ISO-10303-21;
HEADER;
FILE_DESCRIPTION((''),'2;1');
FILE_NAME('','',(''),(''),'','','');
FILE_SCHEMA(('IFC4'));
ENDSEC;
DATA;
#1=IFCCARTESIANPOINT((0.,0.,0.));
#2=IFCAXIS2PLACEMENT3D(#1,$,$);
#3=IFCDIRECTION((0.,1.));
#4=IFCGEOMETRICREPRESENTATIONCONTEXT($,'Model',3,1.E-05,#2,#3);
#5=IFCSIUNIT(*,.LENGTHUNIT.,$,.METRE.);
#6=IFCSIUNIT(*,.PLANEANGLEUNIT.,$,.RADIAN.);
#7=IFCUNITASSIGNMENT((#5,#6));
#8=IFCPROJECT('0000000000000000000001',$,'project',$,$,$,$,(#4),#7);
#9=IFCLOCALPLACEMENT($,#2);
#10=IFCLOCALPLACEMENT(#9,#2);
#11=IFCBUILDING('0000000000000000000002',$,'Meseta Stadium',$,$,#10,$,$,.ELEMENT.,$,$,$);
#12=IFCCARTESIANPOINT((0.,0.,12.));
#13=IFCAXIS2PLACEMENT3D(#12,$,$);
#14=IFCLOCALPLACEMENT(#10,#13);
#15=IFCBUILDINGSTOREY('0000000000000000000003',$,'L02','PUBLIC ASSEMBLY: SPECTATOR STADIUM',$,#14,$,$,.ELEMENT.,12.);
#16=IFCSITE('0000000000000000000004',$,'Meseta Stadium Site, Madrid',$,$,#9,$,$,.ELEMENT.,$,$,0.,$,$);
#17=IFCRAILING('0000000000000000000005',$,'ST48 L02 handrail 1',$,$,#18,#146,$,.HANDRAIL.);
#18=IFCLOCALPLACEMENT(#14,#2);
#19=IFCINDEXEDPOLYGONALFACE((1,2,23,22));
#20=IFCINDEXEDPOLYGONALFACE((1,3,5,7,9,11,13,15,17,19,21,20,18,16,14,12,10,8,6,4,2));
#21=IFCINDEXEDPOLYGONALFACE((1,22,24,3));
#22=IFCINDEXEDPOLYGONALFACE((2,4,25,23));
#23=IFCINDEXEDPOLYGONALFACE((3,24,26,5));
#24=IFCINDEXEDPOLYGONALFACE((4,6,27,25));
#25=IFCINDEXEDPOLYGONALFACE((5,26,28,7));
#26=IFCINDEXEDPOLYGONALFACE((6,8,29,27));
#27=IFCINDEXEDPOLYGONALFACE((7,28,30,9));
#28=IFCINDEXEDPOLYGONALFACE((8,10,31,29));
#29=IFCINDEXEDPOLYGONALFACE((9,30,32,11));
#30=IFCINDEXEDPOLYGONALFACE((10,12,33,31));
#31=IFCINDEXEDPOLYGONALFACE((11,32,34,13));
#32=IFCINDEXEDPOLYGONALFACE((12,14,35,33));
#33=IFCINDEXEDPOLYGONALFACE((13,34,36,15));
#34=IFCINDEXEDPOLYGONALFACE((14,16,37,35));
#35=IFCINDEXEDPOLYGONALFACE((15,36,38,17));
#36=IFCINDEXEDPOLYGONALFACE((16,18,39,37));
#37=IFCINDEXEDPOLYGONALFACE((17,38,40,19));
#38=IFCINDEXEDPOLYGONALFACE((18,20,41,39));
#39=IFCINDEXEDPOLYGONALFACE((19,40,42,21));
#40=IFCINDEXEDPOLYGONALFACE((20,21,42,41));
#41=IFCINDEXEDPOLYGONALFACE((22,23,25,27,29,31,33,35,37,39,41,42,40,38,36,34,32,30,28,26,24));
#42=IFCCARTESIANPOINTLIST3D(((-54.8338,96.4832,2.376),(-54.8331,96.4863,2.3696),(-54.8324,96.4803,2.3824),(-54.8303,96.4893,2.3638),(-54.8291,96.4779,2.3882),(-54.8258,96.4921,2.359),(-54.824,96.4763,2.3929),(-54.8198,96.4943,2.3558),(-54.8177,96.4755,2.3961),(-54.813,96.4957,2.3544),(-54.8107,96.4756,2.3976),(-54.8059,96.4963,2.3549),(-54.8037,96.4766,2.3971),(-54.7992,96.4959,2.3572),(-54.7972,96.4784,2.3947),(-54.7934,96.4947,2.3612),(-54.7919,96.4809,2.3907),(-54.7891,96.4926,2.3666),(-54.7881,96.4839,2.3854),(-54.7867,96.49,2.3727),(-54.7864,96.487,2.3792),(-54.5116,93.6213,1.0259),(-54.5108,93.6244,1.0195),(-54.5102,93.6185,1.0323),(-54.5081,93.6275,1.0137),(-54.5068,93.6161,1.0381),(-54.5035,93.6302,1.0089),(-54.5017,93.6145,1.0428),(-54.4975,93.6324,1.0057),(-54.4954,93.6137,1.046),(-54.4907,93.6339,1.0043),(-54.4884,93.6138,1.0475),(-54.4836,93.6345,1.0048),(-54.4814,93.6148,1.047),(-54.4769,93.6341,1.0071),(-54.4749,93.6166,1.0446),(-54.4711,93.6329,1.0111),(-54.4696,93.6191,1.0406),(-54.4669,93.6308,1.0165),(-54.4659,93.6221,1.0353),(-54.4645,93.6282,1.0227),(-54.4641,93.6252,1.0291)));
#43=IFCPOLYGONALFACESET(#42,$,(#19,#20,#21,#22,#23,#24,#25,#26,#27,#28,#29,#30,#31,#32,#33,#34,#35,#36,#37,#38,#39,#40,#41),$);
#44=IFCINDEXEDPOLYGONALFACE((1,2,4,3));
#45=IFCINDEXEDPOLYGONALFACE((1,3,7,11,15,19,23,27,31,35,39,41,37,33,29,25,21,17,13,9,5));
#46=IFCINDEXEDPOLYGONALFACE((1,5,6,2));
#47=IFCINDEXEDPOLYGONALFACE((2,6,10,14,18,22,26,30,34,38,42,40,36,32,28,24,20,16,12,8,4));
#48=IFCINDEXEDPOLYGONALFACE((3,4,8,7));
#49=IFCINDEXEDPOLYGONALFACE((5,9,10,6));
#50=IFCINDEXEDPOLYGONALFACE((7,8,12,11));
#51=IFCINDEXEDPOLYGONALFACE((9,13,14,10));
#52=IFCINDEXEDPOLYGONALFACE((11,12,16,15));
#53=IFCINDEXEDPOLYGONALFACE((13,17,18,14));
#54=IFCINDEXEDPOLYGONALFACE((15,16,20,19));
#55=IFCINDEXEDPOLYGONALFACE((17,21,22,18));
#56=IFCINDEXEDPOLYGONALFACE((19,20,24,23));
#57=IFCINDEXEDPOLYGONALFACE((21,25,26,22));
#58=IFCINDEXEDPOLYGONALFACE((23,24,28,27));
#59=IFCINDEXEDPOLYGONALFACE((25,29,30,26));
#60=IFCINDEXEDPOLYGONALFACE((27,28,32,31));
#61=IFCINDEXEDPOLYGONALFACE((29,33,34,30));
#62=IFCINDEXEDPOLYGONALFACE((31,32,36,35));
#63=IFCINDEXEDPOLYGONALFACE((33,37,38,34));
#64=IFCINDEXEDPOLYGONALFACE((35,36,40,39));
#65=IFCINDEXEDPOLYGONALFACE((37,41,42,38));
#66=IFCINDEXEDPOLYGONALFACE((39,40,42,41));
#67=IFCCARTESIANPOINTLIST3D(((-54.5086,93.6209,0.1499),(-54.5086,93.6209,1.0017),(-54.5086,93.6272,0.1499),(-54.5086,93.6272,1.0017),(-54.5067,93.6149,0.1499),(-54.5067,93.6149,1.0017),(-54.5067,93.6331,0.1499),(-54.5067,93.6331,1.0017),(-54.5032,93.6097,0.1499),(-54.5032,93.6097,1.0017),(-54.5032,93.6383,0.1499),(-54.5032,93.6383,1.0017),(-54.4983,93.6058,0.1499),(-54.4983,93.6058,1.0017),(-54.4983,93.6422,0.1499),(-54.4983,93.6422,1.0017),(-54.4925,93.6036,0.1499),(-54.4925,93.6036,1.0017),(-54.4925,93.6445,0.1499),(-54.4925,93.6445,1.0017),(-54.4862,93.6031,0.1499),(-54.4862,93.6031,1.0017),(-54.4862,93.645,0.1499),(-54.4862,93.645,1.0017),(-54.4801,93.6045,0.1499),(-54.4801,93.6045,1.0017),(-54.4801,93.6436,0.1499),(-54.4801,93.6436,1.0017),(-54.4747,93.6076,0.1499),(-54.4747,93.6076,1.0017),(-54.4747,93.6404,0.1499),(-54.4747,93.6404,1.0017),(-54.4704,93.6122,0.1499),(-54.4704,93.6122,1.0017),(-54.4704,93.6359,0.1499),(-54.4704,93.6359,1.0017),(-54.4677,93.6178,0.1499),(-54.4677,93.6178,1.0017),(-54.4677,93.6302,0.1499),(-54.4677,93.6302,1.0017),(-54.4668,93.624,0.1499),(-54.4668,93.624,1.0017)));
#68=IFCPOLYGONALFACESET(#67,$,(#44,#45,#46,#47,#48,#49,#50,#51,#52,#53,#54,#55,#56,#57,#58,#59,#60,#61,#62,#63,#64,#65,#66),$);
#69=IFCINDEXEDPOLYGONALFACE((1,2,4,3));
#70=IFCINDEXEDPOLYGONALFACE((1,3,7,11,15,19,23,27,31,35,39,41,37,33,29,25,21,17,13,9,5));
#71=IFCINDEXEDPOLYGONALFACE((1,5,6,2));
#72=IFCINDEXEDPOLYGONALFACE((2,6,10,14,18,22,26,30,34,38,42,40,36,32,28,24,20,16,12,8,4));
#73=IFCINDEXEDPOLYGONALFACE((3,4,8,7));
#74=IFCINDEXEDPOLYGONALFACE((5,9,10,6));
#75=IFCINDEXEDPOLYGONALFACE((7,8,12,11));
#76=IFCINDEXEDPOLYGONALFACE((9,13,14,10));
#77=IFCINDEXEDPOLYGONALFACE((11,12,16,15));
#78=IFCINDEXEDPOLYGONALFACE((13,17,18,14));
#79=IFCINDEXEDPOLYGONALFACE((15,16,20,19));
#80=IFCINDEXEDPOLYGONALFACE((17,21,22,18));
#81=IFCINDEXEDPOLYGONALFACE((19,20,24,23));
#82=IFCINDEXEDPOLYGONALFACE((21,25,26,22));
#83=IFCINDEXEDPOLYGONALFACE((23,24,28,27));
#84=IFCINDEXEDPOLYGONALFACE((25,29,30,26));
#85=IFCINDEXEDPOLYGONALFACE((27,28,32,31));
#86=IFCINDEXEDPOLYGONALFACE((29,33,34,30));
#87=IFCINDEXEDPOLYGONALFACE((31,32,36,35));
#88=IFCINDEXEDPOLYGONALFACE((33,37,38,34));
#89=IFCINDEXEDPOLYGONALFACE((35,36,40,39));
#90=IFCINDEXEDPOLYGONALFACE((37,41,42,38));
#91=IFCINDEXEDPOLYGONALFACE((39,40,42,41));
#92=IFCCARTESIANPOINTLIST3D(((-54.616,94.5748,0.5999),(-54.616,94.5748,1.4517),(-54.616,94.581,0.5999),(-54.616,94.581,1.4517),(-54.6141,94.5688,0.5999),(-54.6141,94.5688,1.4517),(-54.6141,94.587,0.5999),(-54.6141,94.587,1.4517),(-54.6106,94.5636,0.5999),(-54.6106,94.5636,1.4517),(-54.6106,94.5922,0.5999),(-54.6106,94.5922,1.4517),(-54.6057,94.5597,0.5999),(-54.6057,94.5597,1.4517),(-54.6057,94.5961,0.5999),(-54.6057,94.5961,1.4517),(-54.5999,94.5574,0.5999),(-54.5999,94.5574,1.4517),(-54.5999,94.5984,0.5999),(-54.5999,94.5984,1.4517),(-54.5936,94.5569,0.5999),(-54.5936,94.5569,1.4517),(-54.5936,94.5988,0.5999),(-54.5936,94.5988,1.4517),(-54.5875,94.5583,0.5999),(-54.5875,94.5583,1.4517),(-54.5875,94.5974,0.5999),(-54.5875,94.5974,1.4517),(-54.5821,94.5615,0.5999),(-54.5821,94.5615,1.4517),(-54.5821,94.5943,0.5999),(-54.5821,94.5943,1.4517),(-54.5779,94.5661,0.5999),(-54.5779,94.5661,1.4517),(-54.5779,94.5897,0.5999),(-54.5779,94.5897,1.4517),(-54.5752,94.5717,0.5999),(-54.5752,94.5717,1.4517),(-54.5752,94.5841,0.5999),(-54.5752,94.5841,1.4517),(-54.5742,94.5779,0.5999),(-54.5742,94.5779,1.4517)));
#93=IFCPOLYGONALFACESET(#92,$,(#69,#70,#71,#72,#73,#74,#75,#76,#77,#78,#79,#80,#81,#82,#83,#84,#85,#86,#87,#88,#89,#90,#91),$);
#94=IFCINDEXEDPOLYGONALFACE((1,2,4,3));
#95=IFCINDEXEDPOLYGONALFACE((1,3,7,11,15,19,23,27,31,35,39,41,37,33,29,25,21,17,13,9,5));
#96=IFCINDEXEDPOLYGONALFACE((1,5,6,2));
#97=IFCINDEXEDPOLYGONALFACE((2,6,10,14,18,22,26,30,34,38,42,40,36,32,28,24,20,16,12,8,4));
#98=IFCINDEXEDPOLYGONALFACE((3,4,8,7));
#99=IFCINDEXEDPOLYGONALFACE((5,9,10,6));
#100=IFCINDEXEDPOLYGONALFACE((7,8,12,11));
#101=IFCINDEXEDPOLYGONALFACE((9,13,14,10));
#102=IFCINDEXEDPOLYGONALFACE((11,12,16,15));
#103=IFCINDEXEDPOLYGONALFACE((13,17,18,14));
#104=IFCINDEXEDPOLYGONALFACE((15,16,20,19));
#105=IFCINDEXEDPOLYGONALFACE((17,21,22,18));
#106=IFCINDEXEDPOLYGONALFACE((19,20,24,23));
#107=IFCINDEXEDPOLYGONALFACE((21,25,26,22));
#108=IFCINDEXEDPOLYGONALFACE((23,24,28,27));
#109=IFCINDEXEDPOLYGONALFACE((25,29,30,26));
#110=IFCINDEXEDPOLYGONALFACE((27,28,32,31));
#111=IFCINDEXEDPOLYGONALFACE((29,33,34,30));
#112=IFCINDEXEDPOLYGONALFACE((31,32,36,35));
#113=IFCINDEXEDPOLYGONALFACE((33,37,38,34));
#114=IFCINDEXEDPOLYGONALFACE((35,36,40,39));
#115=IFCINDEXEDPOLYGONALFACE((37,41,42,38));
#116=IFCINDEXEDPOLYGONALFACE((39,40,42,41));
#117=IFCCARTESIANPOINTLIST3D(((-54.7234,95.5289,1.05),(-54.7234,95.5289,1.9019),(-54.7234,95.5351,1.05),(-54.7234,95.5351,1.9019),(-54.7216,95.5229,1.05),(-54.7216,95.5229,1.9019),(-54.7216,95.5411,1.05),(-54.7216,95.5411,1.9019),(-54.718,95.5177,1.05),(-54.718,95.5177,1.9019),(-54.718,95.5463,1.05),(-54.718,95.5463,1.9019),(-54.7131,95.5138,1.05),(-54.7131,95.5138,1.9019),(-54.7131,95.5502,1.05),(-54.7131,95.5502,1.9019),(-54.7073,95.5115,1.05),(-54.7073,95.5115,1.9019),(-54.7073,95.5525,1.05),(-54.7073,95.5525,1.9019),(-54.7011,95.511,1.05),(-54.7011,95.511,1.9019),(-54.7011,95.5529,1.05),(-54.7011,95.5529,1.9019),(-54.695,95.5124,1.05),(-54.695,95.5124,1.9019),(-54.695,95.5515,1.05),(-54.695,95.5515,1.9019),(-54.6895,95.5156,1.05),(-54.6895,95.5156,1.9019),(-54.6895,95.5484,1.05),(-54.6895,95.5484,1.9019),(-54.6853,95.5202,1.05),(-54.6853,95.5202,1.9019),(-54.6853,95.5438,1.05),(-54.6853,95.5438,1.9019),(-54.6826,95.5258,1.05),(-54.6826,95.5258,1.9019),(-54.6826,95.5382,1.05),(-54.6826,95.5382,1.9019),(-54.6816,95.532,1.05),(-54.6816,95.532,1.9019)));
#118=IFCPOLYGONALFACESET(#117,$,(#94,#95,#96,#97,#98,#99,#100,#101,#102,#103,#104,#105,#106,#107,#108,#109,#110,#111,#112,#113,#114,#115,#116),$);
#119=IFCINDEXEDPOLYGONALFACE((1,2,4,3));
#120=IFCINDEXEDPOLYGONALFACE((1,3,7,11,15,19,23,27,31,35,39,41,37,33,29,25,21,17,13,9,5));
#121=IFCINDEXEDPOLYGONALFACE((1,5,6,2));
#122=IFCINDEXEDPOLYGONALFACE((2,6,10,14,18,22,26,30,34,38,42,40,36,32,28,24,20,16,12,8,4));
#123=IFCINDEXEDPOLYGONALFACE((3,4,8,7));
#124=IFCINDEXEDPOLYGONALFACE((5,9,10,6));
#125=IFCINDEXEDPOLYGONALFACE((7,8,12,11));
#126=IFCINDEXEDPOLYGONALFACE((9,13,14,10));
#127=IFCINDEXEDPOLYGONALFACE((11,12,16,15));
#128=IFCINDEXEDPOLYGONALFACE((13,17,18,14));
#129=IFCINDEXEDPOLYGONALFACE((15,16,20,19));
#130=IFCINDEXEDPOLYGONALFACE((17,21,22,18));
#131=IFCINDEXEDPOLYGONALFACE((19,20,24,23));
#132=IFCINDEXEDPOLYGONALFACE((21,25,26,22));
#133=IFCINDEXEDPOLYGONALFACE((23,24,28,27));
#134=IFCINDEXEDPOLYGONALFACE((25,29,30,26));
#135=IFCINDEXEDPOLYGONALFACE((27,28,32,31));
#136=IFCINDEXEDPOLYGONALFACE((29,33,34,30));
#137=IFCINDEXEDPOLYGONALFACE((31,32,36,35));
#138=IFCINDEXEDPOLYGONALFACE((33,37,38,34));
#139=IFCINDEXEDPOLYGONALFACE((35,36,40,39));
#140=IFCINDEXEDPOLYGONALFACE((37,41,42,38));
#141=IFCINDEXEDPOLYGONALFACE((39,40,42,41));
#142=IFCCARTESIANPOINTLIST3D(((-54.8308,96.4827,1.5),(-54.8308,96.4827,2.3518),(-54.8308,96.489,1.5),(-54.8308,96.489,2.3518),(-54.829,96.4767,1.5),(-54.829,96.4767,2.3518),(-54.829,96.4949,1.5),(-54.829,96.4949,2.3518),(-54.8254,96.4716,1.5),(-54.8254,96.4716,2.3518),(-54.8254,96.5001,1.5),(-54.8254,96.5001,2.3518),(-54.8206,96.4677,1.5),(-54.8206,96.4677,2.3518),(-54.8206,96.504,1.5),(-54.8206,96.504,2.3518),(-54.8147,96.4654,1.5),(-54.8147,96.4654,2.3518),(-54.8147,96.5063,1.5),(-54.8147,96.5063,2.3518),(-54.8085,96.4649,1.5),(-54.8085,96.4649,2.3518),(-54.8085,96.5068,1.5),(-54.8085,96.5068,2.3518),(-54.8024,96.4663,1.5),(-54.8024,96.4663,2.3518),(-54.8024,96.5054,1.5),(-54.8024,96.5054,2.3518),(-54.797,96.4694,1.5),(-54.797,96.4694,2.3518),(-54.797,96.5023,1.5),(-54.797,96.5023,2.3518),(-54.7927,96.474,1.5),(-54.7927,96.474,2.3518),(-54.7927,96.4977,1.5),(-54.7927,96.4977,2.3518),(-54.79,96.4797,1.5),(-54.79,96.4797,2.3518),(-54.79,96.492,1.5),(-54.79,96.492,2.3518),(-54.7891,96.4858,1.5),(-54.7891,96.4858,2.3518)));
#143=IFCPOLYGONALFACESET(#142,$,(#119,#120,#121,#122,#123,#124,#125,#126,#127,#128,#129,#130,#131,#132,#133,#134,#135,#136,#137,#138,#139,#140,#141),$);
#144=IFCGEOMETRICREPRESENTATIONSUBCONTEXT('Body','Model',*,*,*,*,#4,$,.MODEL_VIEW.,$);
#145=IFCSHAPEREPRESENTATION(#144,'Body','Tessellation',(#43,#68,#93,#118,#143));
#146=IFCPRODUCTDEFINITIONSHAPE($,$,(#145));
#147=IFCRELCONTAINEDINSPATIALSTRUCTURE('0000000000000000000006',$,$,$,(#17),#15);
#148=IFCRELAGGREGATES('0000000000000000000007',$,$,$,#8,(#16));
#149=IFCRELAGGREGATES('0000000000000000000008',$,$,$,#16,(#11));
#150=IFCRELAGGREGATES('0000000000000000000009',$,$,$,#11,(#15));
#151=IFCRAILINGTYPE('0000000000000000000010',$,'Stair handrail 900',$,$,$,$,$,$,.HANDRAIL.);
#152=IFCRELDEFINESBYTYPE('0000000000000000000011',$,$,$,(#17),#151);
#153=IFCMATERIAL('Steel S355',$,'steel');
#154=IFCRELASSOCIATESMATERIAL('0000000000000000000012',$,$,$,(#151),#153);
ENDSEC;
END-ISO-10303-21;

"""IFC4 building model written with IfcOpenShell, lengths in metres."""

from ifc_helpers import new_model, si_unit, direction, frame, origin, origin_2d, place, context, subcontext, project, spatial, circle, extrude, material, type_object, element, save


model = new_model("IFC4")

# Units and contexts
model_context = context("Model", 3, precision=1e-05, world=origin(), true_north=direction((0.0, 1.0)))
body_context = subcontext(model_context, "Body", "Model", "MODEL_VIEW")
ifc_project = project(units=[si_unit("LENGTHUNIT", "METRE"), si_unit("PLANEANGLEUNIT", "RADIAN")], contexts=[model_context])

# Site, building, storey
site_placement = place(None, origin())
site = spatial("IfcSite", under=ifc_project, at=site_placement, Name="Meseta Stadium Site, Madrid", CompositionType="ELEMENT", RefElevation=0.0)
building_placement = place(site_placement, origin())
building = spatial("IfcBuilding", under=site, at=building_placement, Name="Meseta Stadium", CompositionType="ELEMENT")
storey_placement = place(building_placement, frame((0.0, 0.0, 12.0)))
storey = spatial("IfcBuildingStorey", under=building, at=storey_placement, Name="L02", Description="PUBLIC ASSEMBLY: SPECTATOR STADIUM", CompositionType="ELEMENT", Elevation=12.0)

# Railing
ifc_material_1 = material(Name="Steel S355", Category="steel")
railing_type_1 = type_object("IfcRailingType", Name="Stair handrail 900", PredefinedType="HANDRAIL", material=ifc_material_1)
railing_1_placement = place(storey_placement, frame((-54.4878, 93.624, 0.1499)))
element("IfcRailing", 1, at=railing_1_placement, inside=storey, type_object=railing_type_1, Name="ST48 L02 handrail 1", PredefinedType="HANDRAIL", context=body_context, shape_type="SweptSolid", body=[
    extrude(circle(Radius=0.0239, at=origin_2d()), frame((0.0, 0.0, 0.876), z_axis=(-0.10132, 0.899755, 0.424471), x_axis=(-0.993719, -0.111902, 0.0)), (0.0, 0.0, 1.0), 3.1807),
    extrude(circle(Radius=0.021, at=origin_2d()), origin(), (0.0, 0.0, 1.0), 0.8518),
    extrude(circle(Radius=0.021, at=origin_2d()), frame((-0.1074, 0.9539, 0.45)), (0.0, 0.0, 1.0), 0.8518),
    extrude(circle(Radius=0.021, at=origin_2d()), frame((-0.2148, 1.908, 0.9001)), (0.0, 0.0, 1.0), 0.8518),
    extrude(circle(Radius=0.021, at=origin_2d()), frame((-0.3223, 2.8618, 1.3501)), (0.0, 0.0, 1.0), 0.8518),
])

save(model, "model.ifc")
